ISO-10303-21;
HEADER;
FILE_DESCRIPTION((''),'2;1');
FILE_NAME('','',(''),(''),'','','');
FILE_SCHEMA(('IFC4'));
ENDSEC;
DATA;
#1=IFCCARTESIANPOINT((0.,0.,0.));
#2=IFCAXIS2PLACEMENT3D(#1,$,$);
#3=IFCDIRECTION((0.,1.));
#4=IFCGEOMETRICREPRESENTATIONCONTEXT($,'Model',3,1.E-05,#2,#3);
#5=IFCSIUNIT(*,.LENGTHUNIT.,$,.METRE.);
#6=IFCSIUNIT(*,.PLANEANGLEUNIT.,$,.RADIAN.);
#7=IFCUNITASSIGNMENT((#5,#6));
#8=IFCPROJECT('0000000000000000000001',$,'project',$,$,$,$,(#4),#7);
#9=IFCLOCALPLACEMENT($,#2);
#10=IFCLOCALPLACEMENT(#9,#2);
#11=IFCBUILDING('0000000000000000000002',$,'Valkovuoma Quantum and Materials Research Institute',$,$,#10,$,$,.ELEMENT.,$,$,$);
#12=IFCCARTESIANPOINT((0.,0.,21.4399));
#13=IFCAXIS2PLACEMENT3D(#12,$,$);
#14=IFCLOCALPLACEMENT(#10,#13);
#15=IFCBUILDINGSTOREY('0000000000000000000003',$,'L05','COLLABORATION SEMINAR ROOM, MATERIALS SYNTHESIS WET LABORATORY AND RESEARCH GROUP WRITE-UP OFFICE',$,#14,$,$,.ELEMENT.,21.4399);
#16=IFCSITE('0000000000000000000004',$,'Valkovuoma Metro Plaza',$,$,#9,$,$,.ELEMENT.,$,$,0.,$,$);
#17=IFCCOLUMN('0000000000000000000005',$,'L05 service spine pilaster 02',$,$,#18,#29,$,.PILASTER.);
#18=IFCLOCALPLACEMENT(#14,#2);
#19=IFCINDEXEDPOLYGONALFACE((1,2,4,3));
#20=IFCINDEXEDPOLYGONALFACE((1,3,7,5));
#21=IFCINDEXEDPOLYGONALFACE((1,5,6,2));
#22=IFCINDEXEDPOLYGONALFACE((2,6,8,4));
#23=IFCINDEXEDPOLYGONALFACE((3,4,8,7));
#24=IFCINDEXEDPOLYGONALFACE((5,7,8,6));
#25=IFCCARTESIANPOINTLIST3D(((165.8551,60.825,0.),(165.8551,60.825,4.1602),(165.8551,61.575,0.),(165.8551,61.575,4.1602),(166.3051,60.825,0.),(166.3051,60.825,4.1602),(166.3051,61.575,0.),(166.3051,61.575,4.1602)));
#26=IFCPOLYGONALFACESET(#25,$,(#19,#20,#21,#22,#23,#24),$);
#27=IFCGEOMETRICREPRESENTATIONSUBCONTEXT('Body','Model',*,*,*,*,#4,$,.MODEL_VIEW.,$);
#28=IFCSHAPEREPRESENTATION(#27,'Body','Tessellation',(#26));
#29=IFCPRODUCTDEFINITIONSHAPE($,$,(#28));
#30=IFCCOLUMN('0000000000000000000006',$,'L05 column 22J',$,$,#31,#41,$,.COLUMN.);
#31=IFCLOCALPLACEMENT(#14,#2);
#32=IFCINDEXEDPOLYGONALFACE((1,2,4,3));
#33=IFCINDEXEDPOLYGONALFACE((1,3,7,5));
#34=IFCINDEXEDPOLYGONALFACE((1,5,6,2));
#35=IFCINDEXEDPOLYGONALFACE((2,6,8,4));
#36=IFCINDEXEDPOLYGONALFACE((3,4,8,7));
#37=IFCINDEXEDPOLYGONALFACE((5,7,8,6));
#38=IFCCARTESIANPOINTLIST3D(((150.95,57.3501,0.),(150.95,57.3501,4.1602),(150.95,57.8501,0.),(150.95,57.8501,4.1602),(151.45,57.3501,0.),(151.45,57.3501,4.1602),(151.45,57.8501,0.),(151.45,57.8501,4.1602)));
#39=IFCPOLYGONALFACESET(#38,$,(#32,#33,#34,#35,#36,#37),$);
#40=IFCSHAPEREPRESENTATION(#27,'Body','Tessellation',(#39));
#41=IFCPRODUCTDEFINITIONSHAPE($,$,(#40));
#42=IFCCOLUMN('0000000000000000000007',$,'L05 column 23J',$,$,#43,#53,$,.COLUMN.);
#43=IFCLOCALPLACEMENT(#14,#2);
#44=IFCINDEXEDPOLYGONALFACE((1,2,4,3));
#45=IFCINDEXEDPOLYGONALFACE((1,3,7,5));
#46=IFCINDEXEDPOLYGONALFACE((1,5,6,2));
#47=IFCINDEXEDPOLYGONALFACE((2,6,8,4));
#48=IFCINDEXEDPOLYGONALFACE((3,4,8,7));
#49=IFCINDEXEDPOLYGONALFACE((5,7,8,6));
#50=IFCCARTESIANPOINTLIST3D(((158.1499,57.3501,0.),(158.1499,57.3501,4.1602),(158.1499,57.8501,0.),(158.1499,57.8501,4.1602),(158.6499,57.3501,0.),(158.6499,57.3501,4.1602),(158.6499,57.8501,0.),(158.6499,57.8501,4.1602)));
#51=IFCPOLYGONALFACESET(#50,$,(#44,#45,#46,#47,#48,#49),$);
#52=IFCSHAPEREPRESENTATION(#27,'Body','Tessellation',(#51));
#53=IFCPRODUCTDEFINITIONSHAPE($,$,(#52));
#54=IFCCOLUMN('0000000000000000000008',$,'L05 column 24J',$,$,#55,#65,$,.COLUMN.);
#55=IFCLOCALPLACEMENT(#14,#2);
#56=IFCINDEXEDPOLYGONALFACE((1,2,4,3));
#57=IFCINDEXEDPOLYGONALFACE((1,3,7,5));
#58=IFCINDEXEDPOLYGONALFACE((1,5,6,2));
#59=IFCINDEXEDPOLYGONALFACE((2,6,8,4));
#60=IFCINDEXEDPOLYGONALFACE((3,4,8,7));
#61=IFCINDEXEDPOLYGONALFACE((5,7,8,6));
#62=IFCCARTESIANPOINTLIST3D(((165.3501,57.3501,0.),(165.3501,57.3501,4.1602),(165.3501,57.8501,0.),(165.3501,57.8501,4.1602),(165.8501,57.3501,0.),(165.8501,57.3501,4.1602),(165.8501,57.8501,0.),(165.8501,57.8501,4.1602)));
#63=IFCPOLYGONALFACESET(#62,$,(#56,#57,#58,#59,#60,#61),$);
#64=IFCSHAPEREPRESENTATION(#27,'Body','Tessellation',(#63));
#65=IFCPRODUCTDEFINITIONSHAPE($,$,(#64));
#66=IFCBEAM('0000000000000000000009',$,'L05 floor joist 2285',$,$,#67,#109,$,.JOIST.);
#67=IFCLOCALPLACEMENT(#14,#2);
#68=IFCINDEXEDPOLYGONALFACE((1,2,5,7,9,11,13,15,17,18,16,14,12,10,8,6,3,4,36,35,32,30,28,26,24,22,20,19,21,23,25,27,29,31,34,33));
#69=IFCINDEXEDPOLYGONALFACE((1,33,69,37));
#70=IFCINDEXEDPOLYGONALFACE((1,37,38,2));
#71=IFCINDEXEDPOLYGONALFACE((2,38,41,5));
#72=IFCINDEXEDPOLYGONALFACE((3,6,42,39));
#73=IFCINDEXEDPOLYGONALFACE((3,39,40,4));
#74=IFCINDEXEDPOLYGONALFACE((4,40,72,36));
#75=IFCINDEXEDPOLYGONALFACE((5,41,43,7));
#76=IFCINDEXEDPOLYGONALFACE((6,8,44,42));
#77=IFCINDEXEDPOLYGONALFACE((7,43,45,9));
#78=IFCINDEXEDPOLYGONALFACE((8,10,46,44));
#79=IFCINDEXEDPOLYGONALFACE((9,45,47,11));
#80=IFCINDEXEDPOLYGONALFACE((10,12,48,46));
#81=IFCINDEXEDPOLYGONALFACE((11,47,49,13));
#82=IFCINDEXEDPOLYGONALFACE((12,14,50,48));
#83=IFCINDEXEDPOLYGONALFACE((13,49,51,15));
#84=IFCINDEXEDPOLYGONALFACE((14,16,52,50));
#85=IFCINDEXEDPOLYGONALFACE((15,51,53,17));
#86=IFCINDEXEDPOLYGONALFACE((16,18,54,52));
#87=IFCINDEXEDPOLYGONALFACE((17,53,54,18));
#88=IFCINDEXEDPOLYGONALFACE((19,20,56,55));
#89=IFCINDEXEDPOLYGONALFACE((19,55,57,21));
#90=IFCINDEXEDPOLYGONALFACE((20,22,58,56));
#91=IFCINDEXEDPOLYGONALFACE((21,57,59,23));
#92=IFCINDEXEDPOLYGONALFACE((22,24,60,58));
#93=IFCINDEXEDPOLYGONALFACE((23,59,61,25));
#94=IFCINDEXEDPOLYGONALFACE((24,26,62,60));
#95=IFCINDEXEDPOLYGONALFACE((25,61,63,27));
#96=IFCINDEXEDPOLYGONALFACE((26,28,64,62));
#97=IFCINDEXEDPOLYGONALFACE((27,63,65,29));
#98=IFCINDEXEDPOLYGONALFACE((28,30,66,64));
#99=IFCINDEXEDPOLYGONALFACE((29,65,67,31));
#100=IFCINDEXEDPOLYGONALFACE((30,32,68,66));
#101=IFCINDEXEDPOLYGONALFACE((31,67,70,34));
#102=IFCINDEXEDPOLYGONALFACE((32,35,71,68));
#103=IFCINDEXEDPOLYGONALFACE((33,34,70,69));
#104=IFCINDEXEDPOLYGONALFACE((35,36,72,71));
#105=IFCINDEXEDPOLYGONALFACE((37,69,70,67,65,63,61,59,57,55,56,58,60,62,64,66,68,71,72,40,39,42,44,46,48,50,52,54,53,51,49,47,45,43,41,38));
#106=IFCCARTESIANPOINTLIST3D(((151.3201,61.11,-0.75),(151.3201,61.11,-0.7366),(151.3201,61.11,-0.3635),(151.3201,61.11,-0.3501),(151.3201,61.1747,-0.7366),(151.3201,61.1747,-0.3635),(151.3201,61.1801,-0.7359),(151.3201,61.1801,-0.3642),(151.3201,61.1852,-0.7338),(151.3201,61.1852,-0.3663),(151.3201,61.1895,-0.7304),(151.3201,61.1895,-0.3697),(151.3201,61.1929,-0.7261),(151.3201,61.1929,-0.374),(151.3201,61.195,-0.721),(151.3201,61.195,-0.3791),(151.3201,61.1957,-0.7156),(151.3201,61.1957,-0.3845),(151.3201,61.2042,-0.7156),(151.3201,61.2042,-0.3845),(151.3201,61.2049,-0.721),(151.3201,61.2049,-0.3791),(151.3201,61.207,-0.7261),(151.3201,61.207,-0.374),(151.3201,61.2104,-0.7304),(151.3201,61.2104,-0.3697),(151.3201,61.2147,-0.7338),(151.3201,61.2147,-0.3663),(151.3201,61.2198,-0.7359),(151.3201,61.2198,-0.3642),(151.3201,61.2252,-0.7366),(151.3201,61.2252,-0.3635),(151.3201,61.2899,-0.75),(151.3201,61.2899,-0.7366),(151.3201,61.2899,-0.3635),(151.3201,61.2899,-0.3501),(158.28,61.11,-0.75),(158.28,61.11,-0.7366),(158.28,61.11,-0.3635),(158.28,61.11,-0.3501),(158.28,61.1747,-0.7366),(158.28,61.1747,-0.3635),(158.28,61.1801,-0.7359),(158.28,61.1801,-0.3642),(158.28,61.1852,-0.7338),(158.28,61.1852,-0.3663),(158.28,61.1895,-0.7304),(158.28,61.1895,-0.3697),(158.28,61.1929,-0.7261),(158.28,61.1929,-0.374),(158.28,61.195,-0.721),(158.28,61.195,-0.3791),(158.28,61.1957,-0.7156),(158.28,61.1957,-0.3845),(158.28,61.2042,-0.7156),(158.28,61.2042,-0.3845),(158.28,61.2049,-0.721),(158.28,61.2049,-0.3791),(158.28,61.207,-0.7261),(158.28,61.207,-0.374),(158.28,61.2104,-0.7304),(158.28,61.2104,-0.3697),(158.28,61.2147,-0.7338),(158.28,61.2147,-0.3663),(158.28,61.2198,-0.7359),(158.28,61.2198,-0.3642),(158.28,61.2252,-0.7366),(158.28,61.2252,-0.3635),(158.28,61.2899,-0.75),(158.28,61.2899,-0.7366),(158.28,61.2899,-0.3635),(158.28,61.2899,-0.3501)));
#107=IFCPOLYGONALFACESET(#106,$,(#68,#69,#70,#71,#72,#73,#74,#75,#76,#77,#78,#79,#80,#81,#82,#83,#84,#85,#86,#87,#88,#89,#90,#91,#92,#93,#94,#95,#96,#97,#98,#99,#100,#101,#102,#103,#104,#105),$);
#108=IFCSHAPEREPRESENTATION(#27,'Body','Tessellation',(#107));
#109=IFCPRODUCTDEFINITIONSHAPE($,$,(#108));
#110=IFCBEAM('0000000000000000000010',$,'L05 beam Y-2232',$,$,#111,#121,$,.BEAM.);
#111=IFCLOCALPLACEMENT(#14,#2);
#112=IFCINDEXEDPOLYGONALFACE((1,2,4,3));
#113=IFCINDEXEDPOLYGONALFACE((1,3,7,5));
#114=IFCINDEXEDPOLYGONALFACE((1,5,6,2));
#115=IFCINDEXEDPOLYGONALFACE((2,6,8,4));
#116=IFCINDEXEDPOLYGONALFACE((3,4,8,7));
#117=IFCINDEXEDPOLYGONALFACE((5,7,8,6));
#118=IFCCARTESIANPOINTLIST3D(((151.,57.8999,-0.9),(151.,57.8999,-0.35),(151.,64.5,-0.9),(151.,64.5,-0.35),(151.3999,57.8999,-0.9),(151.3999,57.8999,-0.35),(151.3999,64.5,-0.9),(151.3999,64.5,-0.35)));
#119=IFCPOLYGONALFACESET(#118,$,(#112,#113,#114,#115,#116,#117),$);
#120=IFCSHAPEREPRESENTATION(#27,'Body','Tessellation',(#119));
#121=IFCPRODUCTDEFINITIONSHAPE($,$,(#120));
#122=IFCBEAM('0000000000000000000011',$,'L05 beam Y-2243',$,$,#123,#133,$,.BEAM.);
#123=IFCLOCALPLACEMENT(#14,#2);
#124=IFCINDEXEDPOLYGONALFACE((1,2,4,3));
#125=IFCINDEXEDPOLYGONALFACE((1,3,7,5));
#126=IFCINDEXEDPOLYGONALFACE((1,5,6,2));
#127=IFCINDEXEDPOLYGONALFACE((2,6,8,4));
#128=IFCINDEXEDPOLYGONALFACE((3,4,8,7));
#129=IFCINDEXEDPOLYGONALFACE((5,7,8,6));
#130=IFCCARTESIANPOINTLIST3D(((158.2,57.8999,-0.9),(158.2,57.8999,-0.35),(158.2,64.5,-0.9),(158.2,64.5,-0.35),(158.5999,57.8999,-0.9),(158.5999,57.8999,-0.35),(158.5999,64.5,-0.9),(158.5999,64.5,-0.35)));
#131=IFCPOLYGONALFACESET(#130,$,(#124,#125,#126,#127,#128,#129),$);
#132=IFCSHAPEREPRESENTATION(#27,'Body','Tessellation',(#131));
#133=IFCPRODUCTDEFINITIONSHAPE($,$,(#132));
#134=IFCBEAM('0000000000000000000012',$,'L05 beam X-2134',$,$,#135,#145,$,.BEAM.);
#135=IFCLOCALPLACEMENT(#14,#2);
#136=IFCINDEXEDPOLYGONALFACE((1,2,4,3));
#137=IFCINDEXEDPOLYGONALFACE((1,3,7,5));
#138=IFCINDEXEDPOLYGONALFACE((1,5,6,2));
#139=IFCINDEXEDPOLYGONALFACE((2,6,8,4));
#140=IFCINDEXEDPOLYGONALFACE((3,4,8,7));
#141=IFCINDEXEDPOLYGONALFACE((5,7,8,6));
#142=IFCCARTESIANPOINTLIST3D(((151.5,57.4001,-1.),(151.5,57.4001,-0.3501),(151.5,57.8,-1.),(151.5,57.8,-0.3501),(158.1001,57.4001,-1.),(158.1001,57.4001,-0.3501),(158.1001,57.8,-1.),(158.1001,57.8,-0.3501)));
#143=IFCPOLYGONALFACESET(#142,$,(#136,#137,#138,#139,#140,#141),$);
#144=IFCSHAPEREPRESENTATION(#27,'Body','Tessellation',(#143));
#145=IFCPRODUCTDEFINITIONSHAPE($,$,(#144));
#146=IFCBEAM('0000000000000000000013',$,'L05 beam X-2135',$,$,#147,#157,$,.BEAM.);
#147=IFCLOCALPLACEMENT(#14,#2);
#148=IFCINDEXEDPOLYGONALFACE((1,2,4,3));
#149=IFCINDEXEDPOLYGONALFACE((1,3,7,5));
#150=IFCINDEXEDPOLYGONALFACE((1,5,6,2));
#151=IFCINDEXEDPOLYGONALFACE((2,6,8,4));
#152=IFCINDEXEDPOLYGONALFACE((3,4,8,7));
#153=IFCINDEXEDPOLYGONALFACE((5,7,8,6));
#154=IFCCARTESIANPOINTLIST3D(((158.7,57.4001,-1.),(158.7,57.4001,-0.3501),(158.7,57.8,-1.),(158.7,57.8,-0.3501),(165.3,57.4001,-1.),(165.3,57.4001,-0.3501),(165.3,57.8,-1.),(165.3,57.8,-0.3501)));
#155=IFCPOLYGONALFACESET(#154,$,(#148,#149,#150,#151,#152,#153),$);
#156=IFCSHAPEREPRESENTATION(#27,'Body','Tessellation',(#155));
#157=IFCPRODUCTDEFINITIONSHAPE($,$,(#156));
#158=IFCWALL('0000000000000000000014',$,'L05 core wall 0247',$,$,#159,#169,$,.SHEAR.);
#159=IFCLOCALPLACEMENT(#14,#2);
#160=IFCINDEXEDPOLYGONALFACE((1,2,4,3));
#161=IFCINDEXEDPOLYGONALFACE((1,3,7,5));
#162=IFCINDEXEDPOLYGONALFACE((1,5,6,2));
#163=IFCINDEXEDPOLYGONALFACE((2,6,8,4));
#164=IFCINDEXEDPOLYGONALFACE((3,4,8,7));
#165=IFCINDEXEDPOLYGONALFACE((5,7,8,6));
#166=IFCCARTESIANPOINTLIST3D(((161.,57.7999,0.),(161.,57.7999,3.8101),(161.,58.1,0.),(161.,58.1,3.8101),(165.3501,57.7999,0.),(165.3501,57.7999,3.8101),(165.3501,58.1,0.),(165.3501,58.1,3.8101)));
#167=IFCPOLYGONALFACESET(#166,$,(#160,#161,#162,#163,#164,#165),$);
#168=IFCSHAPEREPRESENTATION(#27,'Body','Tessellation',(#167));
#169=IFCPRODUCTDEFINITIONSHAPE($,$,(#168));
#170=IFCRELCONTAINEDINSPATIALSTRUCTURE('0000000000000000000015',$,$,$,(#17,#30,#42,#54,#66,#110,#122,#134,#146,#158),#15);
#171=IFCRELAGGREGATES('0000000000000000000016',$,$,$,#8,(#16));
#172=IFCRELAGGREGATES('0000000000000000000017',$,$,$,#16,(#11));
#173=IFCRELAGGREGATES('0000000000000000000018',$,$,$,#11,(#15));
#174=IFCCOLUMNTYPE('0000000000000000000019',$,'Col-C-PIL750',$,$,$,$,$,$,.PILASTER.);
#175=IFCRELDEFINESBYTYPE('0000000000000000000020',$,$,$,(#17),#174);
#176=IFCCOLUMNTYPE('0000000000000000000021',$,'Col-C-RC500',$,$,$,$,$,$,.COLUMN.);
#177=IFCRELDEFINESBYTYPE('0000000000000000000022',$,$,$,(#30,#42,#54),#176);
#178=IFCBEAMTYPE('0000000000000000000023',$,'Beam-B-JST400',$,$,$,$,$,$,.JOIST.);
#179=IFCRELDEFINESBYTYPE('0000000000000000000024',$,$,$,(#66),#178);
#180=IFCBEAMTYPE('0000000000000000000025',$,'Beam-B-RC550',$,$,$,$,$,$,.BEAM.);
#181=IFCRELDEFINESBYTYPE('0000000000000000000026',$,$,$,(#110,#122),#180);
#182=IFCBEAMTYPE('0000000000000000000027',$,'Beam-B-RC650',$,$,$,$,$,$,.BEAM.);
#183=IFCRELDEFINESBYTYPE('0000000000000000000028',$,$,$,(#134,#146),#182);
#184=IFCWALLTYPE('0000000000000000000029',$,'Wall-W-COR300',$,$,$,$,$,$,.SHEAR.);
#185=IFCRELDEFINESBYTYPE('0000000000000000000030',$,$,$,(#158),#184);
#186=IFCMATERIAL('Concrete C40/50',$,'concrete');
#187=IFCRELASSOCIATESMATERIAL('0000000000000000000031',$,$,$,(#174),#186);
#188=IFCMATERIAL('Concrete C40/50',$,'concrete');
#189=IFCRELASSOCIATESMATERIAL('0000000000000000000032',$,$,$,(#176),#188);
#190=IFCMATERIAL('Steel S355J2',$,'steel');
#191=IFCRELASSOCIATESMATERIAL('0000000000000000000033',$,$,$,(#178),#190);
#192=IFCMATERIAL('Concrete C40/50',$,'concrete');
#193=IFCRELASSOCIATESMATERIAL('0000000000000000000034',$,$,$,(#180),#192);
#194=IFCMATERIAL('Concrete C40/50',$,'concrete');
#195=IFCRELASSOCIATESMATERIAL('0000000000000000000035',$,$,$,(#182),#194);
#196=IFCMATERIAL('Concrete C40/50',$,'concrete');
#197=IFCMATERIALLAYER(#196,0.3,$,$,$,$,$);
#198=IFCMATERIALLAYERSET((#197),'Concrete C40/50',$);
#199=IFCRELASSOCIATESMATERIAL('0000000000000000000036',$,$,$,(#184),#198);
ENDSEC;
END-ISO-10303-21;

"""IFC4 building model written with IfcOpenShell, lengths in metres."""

from ifc_helpers import new_model, si_unit, direction, frame, frame_2d, origin, origin_2d, place, context, subcontext, project, spatial, rectangle, i_section, extrude, material, layer, layer_set, material_profile, profile_set, type_object, element, save


model = new_model("IFC4")

# Units and contexts
model_context = context("Model", 3, precision=1e-05, world=origin(), true_north=direction((0.0, 1.0)))
body_context = subcontext(model_context, "Body", "Model", "MODEL_VIEW")
ifc_project = project(units=[si_unit("LENGTHUNIT", "METRE"), si_unit("PLANEANGLEUNIT", "RADIAN")], contexts=[model_context])

# Site, building, storey
site_placement = place(None, origin())
site = spatial("IfcSite", under=ifc_project, at=site_placement, Name="Valkovuoma Metro Plaza", CompositionType="ELEMENT", RefElevation=0.0)
building_placement = place(site_placement, origin())
building = spatial("IfcBuilding", under=site, at=building_placement, Name="Valkovuoma Quantum and Materials Research Institute", CompositionType="ELEMENT")
storey_placement = place(building_placement, frame((0.0, 0.0, 21.4399)))
storey = spatial("IfcBuildingStorey", under=building, at=storey_placement, Name="L05", Description="COLLABORATION SEMINAR ROOM, MATERIALS SYNTHESIS WET LABORATORY AND RESEARCH GROUP WRITE-UP OFFICE", CompositionType="ELEMENT", Elevation=21.4399)

# Columns
ifc_material_1 = material(Name="Concrete C40/50", Category="concrete")
ifc_material_profile_1 = material_profile(ifc_material_1, rectangle(XDim=0.45, YDim=0.75, at=origin_2d()), Name="Concrete C40/50")
ifc_profile_set_1 = profile_set([ifc_material_profile_1], Name="Concrete C40/50")
column_type_1 = type_object("IfcColumnType", Name="Col-C-PIL750", PredefinedType="PILASTER", material=ifc_profile_set_1)
column_placement = place(storey_placement, frame((166.0801, 61.2, 0.0), z_axis=(0.0, 0.0, 1.0), x_axis=(1.0, 0.0, 0.0)))
element("IfcColumn", 1, at=column_placement, inside=storey, type_object=column_type_1, Name="L05 service spine pilaster 02", PredefinedType="PILASTER", context=body_context, shape_type="SweptSolid", body=[
    extrude(rectangle(XDim=0.45, YDim=0.75, at=origin_2d()), origin(), (0.0, 0.0, 1.0), 4.1602),
])
ifc_material_2 = material(Name="Concrete C40/50", Category="concrete")
ifc_material_profile_2 = material_profile(ifc_material_2, rectangle(XDim=0.5, YDim=0.5, at=origin_2d()), Name="Concrete C40/50")
ifc_profile_set_2 = profile_set([ifc_material_profile_2], Name="Concrete C40/50")
column_type_2 = type_object("IfcColumnType", Name="Col-C-RC500", PredefinedType="COLUMN", material=ifc_profile_set_2)
for number, where, z_axis, x_axis, name in (
    (2, (151.2, 57.6001, 0.0), (0.0, 0.0, 1.0), (1.0, 0.0, 0.0), "L05 column 22J"),
    (3, (158.3999, 57.6001, 0.0), (0.0, 0.0, 1.0), (1.0, 0.0, 0.0), "L05 column 23J"),
    (4, (165.6001, 57.6001, 0.0), (0.0, 0.0, 1.0), (1.0, 0.0, 0.0), "L05 column 24J"),
):
    element("IfcColumn", number, at=place(storey_placement, frame(where, z_axis=z_axis, x_axis=x_axis)), inside=storey, type_object=column_type_2, Name=name, PredefinedType="COLUMN", context=body_context, shape_type="SweptSolid", body=[
        extrude(rectangle(XDim=0.5, YDim=0.5, at=origin_2d()), origin(), (0.0, 0.0, 1.0), 4.1602),
    ])

# Beams
ifc_material_3 = material(Name="Steel S355J2", Category="steel")
ifc_material_profile_3 = material_profile(ifc_material_3, i_section(OverallWidth=0.1799, OverallDepth=0.3999, WebThickness=0.0085, FlangeThickness=0.0134, FilletRadius=0.021, at=origin_2d()), Name="Steel S355J2")
ifc_profile_set_3 = profile_set([ifc_material_profile_3], Name="Steel S355J2")
beam_type_1 = type_object("IfcBeamType", Name="Beam-B-JST400", PredefinedType="JOIST", material=ifc_profile_set_3)
beam_placement = place(storey_placement, frame((151.3201, 61.2, -0.55), z_axis=(1.0, 0.0, 0.0), x_axis=(0.0, 1.0, 0.0)))
element("IfcBeam", 5, at=beam_placement, inside=storey, type_object=beam_type_1, Name="L05 floor joist 2285", PredefinedType="JOIST", context=body_context, shape_type="SweptSolid", body=[
    extrude(i_section(OverallWidth=0.1799, OverallDepth=0.3999, WebThickness=0.0085, FlangeThickness=0.0134, FilletRadius=0.021, at=origin_2d()), origin(), (0.0, 0.0, 1.0), 6.96),
])
ifc_material_4 = material(Name="Concrete C40/50", Category="concrete")
ifc_material_profile_4 = material_profile(ifc_material_4, rectangle(XDim=0.3999, YDim=0.55, at=origin_2d()), Name="Concrete C40/50")
ifc_profile_set_4 = profile_set([ifc_material_profile_4], Name="Concrete C40/50")
beam_type_2 = type_object("IfcBeamType", Name="Beam-B-RC550", PredefinedType="BEAM", material=ifc_profile_set_4)
for number, where, z_axis, x_axis, name in (
    (6, (151.2, 57.8999, -0.625), (0.0, 1.0, 0.0), (-1.0, 0.0, 0.0), "L05 beam Y-2232"),
    (7, (158.3999, 57.8999, -0.625), (0.0, 1.0, 0.0), (-1.0, 0.0, 0.0), "L05 beam Y-2243"),
):
    element("IfcBeam", number, at=place(storey_placement, frame(where, z_axis=z_axis, x_axis=x_axis)), inside=storey, type_object=beam_type_2, Name=name, PredefinedType="BEAM", context=body_context, shape_type="SweptSolid", body=[
        extrude(rectangle(XDim=0.3999, YDim=0.55, at=origin_2d()), origin(), (0.0, 0.0, 1.0), 6.6001),
    ])
ifc_material_5 = material(Name="Concrete C40/50", Category="concrete")
ifc_material_profile_5 = material_profile(ifc_material_5, rectangle(XDim=0.3999, YDim=0.6499, at=origin_2d()), Name="Concrete C40/50")
ifc_profile_set_5 = profile_set([ifc_material_profile_5], Name="Concrete C40/50")
beam_type_3 = type_object("IfcBeamType", Name="Beam-B-RC650", PredefinedType="BEAM", material=ifc_profile_set_5)
for number, where, z_axis, x_axis, name in (
    (8, (151.5, 57.6001, -0.675), (1.0, 0.0, 0.0), (0.0, 1.0, 0.0), "L05 beam X-2134"),
    (9, (158.7, 57.6001, -0.675), (1.0, 0.0, 0.0), (0.0, 1.0, 0.0), "L05 beam X-2135"),
):
    element("IfcBeam", number, at=place(storey_placement, frame(where, z_axis=z_axis, x_axis=x_axis)), inside=storey, type_object=beam_type_3, Name=name, PredefinedType="BEAM", context=body_context, shape_type="SweptSolid", body=[
        extrude(rectangle(XDim=0.3999, YDim=0.6499, at=origin_2d()), origin(), (0.0, 0.0, 1.0), 6.6001),
    ])

# Wall
ifc_material_6 = material(Name="Concrete C40/50", Category="concrete")
ifc_layer_1 = layer(ifc_material_6, 0.3)
ifc_layer_set_1 = layer_set([ifc_layer_1], Name="Concrete C40/50")
wall_type_1 = type_object("IfcWallType", Name="Wall-W-COR300", PredefinedType="SHEAR", material=ifc_layer_set_1)
wall_1_placement = place(storey_placement, frame((161.0, 57.95, 0.0), z_axis=(0.0, 0.0, 1.0), x_axis=(1.0, 0.0, 0.0)))
element("IfcWall", 10, at=wall_1_placement, inside=storey, type_object=wall_type_1, Name="L05 core wall 0247", PredefinedType="SHEAR", context=body_context, shape_type="SweptSolid", body=[
    extrude(rectangle(XDim=4.3501, YDim=0.3, at=frame_2d((2.175, 0.0))), origin(), (0.0, 0.0, 1.0), 3.8101),
])

save(model, "model.ifc")
